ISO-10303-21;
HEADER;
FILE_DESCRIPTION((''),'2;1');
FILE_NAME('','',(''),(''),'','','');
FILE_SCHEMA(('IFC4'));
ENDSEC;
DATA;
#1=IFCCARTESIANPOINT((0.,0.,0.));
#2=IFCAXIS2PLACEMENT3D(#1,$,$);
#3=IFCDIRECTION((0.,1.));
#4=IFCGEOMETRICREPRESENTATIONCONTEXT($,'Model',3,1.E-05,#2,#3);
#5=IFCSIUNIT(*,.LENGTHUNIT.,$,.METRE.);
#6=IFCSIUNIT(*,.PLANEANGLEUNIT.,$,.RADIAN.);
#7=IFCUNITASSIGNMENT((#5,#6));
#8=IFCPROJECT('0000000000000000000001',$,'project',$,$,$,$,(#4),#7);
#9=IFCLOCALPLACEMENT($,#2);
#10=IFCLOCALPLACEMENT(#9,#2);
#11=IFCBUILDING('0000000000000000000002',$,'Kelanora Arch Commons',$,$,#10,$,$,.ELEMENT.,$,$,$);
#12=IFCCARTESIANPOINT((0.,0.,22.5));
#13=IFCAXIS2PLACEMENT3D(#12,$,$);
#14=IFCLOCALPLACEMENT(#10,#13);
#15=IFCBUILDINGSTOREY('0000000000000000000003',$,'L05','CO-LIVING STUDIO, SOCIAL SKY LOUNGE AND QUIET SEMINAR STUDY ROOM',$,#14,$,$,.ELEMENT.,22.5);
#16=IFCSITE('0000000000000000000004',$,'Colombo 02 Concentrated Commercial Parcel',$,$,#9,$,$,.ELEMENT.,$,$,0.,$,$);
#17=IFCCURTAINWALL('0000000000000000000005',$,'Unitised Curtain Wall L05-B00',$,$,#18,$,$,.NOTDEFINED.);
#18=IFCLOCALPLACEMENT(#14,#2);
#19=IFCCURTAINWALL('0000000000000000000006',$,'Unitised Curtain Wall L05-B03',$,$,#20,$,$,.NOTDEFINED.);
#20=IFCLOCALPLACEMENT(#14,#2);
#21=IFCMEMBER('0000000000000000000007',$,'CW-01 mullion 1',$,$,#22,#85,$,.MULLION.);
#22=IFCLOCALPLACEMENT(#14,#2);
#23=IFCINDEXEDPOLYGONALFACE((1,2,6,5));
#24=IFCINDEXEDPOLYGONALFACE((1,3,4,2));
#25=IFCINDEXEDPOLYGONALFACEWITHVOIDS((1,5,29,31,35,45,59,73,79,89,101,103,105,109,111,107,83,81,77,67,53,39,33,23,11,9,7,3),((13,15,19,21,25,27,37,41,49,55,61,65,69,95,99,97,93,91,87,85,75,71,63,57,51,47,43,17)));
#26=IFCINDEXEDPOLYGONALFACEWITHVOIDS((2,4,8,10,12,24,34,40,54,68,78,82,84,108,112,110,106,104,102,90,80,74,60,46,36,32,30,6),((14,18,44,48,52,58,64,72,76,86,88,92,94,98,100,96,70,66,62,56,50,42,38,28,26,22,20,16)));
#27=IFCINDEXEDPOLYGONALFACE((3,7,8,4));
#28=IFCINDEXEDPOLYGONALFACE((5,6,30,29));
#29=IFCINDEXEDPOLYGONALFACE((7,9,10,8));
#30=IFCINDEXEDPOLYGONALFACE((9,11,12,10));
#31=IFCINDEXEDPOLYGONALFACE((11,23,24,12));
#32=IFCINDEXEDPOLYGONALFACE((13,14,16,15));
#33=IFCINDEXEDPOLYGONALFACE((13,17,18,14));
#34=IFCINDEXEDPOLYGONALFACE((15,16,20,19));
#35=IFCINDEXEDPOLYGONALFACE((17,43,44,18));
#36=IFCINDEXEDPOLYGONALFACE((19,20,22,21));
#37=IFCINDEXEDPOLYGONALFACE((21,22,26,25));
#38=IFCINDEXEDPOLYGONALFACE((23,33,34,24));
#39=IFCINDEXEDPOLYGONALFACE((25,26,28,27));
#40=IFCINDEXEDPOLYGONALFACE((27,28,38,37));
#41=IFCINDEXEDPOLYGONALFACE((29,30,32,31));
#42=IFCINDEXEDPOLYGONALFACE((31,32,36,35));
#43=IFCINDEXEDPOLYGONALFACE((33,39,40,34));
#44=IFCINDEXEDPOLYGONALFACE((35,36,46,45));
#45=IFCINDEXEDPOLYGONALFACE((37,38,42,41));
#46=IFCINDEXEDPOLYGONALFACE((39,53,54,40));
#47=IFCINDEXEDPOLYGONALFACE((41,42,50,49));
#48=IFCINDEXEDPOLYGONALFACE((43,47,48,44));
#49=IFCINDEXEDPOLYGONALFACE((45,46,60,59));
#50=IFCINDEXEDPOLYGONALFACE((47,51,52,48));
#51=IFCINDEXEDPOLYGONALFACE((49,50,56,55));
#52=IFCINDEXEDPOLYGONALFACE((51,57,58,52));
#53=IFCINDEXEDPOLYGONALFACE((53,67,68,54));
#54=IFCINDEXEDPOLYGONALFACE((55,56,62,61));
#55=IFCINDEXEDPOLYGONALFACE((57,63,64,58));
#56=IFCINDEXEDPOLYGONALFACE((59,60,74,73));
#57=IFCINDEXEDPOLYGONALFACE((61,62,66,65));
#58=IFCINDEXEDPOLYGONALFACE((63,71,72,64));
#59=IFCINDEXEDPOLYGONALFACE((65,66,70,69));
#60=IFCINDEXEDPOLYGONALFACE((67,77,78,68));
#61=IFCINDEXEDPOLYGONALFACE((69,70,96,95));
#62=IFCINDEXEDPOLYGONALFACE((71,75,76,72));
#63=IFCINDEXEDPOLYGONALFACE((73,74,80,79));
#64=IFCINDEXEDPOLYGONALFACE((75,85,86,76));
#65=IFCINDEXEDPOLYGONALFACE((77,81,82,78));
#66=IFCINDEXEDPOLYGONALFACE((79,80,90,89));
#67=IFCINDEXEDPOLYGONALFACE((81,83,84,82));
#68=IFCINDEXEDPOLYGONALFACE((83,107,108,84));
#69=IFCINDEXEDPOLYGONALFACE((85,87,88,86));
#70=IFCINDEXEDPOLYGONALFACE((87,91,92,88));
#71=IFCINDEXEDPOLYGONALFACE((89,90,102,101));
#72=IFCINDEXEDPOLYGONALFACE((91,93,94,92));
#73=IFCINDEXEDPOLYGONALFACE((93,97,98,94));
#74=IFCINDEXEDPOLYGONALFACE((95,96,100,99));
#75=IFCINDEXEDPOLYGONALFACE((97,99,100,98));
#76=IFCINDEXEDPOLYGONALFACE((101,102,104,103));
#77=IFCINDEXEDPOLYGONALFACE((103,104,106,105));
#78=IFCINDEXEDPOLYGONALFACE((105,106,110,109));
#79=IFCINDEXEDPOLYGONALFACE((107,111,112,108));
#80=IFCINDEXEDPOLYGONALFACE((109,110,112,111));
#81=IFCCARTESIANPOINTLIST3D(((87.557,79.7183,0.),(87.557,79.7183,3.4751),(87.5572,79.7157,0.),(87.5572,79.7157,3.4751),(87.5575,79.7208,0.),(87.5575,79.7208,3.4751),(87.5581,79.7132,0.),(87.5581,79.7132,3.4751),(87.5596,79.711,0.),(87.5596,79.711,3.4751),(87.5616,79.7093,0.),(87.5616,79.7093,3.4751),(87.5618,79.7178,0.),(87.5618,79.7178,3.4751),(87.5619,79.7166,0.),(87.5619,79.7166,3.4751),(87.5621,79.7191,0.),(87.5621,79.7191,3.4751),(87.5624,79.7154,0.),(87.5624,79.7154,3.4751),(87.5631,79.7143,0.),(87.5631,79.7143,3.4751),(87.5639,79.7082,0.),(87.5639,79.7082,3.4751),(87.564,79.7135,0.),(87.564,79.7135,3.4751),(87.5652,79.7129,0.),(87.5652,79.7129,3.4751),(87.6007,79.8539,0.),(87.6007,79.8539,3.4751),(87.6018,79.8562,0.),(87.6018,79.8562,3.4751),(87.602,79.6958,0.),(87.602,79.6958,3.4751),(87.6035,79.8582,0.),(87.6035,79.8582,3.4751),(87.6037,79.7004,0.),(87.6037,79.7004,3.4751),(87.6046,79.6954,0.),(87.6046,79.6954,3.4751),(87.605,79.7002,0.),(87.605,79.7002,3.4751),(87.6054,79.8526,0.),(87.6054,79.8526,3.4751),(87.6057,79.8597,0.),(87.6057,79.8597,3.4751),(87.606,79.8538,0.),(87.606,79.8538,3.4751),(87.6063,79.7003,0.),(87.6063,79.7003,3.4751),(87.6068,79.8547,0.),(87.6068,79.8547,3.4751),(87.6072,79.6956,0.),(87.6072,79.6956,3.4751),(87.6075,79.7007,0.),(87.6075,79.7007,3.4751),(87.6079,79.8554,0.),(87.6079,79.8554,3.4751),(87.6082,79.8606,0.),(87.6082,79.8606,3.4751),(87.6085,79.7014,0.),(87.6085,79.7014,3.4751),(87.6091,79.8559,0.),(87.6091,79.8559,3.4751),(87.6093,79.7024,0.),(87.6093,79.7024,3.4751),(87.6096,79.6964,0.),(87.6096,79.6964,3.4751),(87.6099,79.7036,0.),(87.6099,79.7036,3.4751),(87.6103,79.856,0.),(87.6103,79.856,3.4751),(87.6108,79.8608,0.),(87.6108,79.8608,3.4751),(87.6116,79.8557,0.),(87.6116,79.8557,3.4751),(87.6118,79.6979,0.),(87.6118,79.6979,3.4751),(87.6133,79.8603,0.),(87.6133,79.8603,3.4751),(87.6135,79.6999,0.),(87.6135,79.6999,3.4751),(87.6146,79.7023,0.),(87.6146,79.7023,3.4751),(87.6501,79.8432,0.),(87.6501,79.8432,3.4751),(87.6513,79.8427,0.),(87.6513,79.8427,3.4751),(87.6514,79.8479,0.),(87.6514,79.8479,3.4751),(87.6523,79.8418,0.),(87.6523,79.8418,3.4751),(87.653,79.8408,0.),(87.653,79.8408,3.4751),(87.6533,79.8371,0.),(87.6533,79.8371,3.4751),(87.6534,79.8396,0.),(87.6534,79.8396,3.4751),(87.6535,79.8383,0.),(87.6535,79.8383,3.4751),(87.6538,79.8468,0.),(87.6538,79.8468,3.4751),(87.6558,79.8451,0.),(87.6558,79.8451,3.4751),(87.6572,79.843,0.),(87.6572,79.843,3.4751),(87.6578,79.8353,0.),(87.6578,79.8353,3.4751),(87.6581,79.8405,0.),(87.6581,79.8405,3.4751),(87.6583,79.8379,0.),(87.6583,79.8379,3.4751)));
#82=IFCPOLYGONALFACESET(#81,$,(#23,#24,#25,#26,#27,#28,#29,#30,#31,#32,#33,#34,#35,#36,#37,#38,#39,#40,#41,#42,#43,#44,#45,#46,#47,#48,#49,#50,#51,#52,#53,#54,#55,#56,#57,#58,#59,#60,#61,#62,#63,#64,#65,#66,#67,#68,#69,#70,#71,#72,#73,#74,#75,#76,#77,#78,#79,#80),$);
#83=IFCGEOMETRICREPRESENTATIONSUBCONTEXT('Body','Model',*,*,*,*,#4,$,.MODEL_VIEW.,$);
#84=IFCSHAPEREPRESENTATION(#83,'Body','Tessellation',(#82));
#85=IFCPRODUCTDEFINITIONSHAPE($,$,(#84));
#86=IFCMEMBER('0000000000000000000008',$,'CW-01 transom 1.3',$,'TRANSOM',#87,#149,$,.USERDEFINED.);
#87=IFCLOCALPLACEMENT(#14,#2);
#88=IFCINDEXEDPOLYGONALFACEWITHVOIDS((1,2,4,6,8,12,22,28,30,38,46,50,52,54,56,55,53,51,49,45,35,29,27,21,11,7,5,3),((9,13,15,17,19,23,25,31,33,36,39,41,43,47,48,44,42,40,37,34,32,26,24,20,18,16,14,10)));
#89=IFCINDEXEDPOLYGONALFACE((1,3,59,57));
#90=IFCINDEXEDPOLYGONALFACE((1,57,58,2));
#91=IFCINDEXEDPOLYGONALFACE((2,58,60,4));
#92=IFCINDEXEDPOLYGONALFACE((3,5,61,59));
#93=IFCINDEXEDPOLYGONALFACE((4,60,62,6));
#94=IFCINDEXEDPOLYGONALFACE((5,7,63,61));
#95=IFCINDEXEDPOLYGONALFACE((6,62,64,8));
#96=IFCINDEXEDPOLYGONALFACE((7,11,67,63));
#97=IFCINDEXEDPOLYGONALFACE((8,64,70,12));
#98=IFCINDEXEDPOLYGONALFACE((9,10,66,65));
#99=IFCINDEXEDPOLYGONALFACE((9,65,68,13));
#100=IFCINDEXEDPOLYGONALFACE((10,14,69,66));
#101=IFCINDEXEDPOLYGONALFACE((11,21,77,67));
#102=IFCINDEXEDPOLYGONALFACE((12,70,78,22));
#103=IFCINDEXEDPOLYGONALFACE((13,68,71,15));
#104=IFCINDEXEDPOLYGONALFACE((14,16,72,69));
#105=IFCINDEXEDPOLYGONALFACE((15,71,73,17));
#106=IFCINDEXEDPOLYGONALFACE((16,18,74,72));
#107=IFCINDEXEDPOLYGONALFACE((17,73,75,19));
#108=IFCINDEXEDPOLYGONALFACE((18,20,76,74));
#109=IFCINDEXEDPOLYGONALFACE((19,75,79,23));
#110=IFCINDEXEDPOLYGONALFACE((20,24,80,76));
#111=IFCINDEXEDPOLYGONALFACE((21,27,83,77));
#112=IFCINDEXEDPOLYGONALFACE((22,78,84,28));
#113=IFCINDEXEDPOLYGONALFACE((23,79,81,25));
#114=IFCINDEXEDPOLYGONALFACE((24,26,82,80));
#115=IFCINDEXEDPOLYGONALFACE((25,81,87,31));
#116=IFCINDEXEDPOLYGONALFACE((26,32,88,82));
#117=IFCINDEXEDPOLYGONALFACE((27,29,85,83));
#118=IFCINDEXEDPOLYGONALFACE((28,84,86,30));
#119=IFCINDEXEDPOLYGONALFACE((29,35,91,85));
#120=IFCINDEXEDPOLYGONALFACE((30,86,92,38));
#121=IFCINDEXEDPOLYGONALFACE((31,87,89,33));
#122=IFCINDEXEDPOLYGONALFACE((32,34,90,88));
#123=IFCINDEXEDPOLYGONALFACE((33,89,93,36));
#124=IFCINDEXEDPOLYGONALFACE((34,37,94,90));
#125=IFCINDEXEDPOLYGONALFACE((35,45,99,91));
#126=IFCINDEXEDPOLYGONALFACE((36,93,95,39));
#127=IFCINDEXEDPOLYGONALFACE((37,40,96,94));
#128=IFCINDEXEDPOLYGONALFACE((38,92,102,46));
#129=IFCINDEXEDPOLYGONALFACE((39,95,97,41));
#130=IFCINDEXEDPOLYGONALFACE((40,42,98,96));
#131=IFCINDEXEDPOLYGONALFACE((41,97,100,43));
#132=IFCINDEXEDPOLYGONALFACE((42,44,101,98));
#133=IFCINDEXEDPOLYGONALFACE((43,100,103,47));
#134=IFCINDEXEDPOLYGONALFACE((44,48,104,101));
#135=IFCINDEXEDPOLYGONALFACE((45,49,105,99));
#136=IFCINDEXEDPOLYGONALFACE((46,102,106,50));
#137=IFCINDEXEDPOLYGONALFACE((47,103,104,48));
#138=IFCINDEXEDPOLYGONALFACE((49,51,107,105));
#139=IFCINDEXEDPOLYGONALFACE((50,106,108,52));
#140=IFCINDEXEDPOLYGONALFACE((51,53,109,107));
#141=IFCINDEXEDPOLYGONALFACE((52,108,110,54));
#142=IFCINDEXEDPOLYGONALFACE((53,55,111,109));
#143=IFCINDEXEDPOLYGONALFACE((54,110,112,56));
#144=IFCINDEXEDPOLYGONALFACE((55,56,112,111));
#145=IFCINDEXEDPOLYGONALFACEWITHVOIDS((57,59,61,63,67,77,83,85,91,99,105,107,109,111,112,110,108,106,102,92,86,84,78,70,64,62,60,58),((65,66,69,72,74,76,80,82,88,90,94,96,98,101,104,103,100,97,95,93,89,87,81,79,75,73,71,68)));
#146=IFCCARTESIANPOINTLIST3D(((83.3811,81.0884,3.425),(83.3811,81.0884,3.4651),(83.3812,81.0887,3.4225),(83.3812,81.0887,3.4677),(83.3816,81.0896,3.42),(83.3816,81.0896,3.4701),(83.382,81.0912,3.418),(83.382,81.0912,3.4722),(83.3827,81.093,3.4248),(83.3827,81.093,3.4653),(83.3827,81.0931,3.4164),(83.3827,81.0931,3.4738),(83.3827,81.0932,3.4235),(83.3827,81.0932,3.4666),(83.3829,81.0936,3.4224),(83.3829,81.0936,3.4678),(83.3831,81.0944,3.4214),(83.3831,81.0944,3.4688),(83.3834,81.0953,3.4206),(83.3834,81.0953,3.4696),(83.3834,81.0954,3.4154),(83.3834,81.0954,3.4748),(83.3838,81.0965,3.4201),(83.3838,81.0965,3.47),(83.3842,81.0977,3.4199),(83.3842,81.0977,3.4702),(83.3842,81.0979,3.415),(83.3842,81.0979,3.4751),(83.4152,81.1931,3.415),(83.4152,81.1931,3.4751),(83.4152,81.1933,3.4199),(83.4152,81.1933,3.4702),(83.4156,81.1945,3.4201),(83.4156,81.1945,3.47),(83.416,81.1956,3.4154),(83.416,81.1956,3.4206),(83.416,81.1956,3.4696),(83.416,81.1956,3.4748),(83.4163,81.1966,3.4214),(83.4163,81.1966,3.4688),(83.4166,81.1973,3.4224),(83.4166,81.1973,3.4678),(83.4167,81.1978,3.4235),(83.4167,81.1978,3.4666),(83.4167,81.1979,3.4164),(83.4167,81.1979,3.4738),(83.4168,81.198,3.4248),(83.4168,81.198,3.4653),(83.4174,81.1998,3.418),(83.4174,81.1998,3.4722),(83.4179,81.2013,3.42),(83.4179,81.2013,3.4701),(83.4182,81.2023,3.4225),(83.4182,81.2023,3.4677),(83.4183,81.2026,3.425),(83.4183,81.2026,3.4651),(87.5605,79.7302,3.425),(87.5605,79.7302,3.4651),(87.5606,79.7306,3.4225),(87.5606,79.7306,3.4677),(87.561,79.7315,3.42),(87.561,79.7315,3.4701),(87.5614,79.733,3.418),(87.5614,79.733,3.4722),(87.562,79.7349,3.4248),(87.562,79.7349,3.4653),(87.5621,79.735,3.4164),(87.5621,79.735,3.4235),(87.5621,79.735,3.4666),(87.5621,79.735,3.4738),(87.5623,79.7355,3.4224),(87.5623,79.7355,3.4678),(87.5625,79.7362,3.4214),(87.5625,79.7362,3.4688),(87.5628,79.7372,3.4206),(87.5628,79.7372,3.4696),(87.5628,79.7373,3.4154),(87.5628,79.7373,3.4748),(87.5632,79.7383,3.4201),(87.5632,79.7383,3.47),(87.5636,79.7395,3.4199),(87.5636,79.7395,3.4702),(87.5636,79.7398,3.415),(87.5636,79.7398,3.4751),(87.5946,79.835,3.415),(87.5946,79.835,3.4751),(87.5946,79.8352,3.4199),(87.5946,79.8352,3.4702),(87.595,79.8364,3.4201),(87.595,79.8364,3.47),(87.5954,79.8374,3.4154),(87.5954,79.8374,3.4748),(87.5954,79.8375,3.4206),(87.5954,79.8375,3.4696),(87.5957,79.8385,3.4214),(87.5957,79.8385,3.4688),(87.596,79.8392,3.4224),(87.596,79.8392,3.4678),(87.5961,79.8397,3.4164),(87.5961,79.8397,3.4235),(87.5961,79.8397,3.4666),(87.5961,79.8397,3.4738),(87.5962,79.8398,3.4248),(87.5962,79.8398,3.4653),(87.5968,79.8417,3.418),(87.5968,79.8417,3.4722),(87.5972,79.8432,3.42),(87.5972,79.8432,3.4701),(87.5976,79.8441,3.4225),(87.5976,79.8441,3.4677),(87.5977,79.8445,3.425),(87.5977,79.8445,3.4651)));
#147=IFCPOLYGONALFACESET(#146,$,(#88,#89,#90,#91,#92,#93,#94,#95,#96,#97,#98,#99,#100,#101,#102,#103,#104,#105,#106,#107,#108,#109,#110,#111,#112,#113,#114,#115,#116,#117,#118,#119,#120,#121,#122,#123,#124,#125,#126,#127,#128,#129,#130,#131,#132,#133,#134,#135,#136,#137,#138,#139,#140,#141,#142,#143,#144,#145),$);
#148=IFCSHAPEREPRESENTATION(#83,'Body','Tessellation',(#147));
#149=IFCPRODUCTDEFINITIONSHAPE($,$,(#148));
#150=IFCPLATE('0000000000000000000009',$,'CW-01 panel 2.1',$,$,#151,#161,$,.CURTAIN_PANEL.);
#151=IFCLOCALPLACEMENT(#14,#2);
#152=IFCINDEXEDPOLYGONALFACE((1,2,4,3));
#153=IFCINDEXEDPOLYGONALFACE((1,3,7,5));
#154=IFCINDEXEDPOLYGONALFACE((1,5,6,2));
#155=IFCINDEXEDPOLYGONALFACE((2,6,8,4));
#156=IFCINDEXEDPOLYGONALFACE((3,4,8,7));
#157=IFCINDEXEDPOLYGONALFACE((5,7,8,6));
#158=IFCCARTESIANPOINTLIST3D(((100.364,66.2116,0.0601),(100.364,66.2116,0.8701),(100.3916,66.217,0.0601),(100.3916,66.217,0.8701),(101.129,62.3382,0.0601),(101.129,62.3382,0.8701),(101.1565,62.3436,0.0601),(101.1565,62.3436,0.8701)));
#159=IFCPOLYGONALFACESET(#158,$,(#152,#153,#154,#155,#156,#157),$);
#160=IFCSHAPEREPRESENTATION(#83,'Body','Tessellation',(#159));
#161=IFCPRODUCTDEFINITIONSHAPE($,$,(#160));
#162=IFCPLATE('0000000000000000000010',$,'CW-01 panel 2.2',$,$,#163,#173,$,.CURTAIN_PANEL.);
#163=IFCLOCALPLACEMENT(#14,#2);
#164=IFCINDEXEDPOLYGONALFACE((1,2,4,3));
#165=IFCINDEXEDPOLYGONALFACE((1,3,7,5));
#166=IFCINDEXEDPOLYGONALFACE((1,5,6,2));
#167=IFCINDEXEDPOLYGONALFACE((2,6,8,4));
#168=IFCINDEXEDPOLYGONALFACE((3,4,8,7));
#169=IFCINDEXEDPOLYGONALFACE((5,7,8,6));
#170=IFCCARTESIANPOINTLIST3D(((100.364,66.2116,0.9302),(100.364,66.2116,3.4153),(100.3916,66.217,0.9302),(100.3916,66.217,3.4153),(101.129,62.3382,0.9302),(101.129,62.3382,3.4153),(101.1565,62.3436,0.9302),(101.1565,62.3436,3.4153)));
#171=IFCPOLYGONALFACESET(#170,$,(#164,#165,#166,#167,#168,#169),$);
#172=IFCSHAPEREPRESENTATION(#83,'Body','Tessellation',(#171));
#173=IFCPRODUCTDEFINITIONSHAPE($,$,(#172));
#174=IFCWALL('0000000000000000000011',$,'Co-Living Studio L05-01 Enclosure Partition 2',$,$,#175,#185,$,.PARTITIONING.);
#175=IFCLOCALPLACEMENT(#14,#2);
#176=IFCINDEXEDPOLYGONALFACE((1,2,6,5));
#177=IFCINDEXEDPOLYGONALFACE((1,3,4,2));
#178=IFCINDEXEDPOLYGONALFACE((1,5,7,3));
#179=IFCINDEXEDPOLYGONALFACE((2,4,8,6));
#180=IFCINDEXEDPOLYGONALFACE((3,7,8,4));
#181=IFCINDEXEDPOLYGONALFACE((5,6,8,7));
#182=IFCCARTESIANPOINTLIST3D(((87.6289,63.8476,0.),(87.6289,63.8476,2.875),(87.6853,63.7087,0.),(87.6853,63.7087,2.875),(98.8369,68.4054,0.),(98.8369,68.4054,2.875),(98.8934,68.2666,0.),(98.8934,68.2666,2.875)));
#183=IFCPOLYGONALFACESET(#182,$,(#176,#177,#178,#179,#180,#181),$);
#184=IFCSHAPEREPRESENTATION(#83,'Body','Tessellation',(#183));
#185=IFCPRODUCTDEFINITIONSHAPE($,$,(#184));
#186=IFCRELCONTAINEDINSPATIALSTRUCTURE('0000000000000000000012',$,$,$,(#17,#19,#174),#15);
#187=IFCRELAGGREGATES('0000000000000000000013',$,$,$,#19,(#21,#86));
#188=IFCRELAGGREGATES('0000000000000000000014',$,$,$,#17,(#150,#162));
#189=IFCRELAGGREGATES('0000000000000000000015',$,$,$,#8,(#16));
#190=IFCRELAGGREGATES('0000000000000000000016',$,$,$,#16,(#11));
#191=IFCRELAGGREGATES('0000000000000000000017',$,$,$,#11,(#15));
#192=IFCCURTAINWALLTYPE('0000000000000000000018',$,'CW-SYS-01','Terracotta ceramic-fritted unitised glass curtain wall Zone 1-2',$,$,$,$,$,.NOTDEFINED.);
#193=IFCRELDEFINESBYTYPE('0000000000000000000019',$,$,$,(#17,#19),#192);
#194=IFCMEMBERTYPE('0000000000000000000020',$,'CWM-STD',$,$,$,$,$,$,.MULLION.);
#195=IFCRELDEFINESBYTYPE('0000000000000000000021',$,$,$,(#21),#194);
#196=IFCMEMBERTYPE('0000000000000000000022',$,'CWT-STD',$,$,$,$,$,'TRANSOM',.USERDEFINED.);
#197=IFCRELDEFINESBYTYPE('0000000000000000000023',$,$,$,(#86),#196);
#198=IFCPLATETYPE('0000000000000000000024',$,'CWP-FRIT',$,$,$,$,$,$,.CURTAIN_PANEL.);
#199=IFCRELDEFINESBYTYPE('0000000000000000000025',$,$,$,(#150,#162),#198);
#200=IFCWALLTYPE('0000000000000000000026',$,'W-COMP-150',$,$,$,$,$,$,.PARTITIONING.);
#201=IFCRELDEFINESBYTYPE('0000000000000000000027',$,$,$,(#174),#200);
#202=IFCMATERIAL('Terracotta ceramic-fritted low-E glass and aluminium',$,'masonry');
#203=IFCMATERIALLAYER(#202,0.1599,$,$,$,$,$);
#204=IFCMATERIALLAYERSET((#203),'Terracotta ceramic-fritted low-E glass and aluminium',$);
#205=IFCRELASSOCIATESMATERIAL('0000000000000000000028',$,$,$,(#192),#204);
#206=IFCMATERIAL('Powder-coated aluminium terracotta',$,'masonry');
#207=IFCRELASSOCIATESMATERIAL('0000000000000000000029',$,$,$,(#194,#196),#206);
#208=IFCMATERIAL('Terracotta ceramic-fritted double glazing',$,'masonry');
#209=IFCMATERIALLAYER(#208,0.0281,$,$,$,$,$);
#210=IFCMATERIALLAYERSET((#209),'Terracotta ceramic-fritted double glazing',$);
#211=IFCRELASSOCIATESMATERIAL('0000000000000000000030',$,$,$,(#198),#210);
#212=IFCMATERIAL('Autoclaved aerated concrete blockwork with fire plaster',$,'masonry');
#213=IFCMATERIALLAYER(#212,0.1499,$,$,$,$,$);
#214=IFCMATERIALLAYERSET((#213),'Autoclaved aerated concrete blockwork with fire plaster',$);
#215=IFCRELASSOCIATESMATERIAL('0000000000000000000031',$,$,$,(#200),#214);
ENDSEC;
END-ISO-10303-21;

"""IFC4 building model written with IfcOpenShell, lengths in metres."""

from ifc_helpers import new_model, si_unit, direction, frame, frame_2d, origin, origin_2d, place, context, subcontext, project, spatial, rectangle, hollow_rectangle, extrude, source, transform, mapped, material, layer, layer_set, material_profile, profile_set, type_object, element, aggregate, save


model = new_model("IFC4")

# Units and contexts
model_context = context("Model", 3, precision=1e-05, world=origin(), true_north=direction((0.0, 1.0)))
body_context = subcontext(model_context, "Body", "Model", "MODEL_VIEW")
ifc_project = project(units=[si_unit("LENGTHUNIT", "METRE"), si_unit("PLANEANGLEUNIT", "RADIAN")], contexts=[model_context])

# Site, building, storey
site_placement = place(None, origin())
site = spatial("IfcSite", under=ifc_project, at=site_placement, Name="Colombo 02 Concentrated Commercial Parcel", CompositionType="ELEMENT", RefElevation=0.0)
building_placement = place(site_placement, origin())
building = spatial("IfcBuilding", under=site, at=building_placement, Name="Kelanora Arch Commons", CompositionType="ELEMENT")
storey_placement = place(building_placement, frame((0.0, 0.0, 22.5)))
storey = spatial("IfcBuildingStorey", under=building, at=storey_placement, Name="L05", Description="CO-LIVING STUDIO, SOCIAL SKY LOUNGE AND QUIET SEMINAR STUDY ROOM", CompositionType="ELEMENT", Elevation=22.5)

# Curtain wall
ifc_material_1 = material(Name="Terracotta ceramic-fritted low-E glass and aluminium", Category="masonry")
ifc_layer_1 = layer(ifc_material_1, 0.1599)
ifc_layer_set_1 = layer_set([ifc_layer_1], Name="Terracotta ceramic-fritted low-E glass and aluminium")
curtain_wall_type = type_object("IfcCurtainWallType", Name="CW-SYS-01", Description="Terracotta ceramic-fritted unitised glass curtain wall Zone 1-2", PredefinedType="NOTDEFINED", material=ifc_layer_set_1)
curtain_wall_1_placement = place(storey_placement, origin())
curtain_wall_1 = element("IfcCurtainWall", 1, at=curtain_wall_1_placement, inside=storey, type_object=curtain_wall_type, Name="Unitised Curtain Wall L05-B00", PredefinedType="NOTDEFINED")
ifc_material_2 = material(Name="Powder-coated aluminium terracotta", Category="masonry")
ifc_material_profile_1 = material_profile(ifc_material_2, hollow_rectangle(XDim=0.1599, YDim=0.0601, WallThickness=0.0049, InnerFilletRadius=0.0049, OuterFilletRadius=0.01, at=origin_2d()), Name="CWM160x60")
ifc_profile_set_1 = profile_set([ifc_material_profile_1], Name="Powder-coated aluminium terracotta")
member_type_1 = type_object("IfcMemberType", Name="CWM-STD", PredefinedType="MULLION", material=ifc_profile_set_1)

# Curtain wall, members
curtain_wall_2_placement = place(storey_placement, origin())
curtain_wall_2 = element("IfcCurtainWall", 2, at=curtain_wall_2_placement, inside=storey, type_object=curtain_wall_type, Name="Unitised Curtain Wall L05-B03", PredefinedType="NOTDEFINED")
member_1_placement = place(storey_placement, frame((87.6077, 79.7781, 0.0), z_axis=(0.0, 0.0, 1.0), x_axis=(-0.309058, -0.951043, 0.0)))
member_1 = element("IfcMember", 3, at=member_1_placement, type_object=member_type_1, Name="CW-01 mullion 1", PredefinedType="MULLION", context=body_context, shape_type="SweptSolid", body=[
    extrude(hollow_rectangle(XDim=0.1599, YDim=0.0601, WallThickness=0.0049, InnerFilletRadius=0.0049, OuterFilletRadius=0.01, at=origin_2d()), origin(), (0.0, 0.0, 1.0), 3.4751),
])
ifc_material_profile_2 = material_profile(ifc_material_2, hollow_rectangle(XDim=0.1201, YDim=0.0601, WallThickness=0.0049, InnerFilletRadius=0.0049, OuterFilletRadius=0.01, at=origin_2d()), Name="CWT120x60")
ifc_profile_set_2 = profile_set([ifc_material_profile_2], Name="Powder-coated aluminium terracotta")
member_type_2 = type_object("IfcMemberType", Name="CWT-STD", ElementType="TRANSOM", PredefinedType="USERDEFINED", material=ifc_profile_set_2)
member_2_placement = place(storey_placement, frame((87.5791, 79.7874, 3.4451), z_axis=(-0.951045, 0.309052, 0.0), x_axis=(-0.309052, -0.951045, 0.0)))
member_2 = element("IfcMember", 4, at=member_2_placement, type_object=member_type_2, Name="CW-01 transom 1.3", ObjectType="TRANSOM", PredefinedType="USERDEFINED", context=body_context, shape_type="SweptSolid", body=[
    extrude(hollow_rectangle(XDim=0.1201, YDim=0.0601, WallThickness=0.0049, InnerFilletRadius=0.0049, OuterFilletRadius=0.01, at=origin_2d()), origin(), (0.0, 0.0, 1.0), 4.3945),
])
aggregate(curtain_wall_2, [member_1, member_2])

# Plates
ifc_material_3 = material(Name="Terracotta ceramic-fritted double glazing", Category="masonry")
ifc_layer_2 = layer(ifc_material_3, 0.0281)
ifc_layer_set_2 = layer_set([ifc_layer_2], Name="Terracotta ceramic-fritted double glazing")
plate_type = type_object("IfcPlateType", Name="CWP-FRIT", PredefinedType="CURTAIN_PANEL", material=ifc_layer_set_2)
shared_shape_1 = source(origin(), body_context, "Body", "SweptSolid", [
    extrude(rectangle(XDim=3.9482, YDim=0.0281, at=origin_2d()), origin(), (0.0, 0.0, 1.0), 0.8101),
])
plate_1_placement = place(storey_placement, frame((100.7603, 64.2776, 0.0601), z_axis=(0.0, 0.0, 1.0), x_axis=(-0.193744, 0.981052, 0.0)))
plate_1 = element("IfcPlate", 5, at=plate_1_placement, type_object=plate_type, Name="CW-01 panel 2.1", PredefinedType="CURTAIN_PANEL", context=body_context, shape_type="MappedRepresentation", body=[
    mapped(shared_shape_1, transform((0.0, 0.0, 0.0), scale=1.0)),
])
shared_shape_2 = source(origin(), body_context, "Body", "SweptSolid", [
    extrude(rectangle(XDim=3.9482, YDim=0.0281, at=origin_2d()), origin(), (0.0, 0.0, 1.0), 2.4851),
])
plate_2_placement = place(storey_placement, frame((100.7603, 64.2776, 0.9302), z_axis=(0.0, 0.0, 1.0), x_axis=(-0.193744, 0.981052, 0.0)))
plate_2 = element("IfcPlate", 6, at=plate_2_placement, type_object=plate_type, Name="CW-01 panel 2.2", PredefinedType="CURTAIN_PANEL", context=body_context, shape_type="MappedRepresentation", body=[
    mapped(shared_shape_2, transform((0.0, 0.0, 0.0), scale=1.0)),
])
aggregate(curtain_wall_1, [plate_1, plate_2])

# Wall
ifc_material_4 = material(Name="Autoclaved aerated concrete blockwork with fire plaster", Category="masonry")
ifc_layer_3 = layer(ifc_material_4, 0.1499)
ifc_layer_set_3 = layer_set([ifc_layer_3], Name="Autoclaved aerated concrete blockwork with fire plaster")
wall_type_1 = type_object("IfcWallType", Name="W-COMP-150", PredefinedType="PARTITIONING", material=ifc_layer_set_3)
wall_1_placement = place(storey_placement, frame((87.657, 63.7781, 0.0), z_axis=(0.0, 0.0, 1.0), x_axis=(0.926334, 0.376704, 0.0)))
element("IfcWall", 7, at=wall_1_placement, inside=storey, type_object=wall_type_1, Name="Co-Living Studio L05-01 Enclosure Partition 2", PredefinedType="PARTITIONING", context=body_context, shape_type="SweptSolid", body=[
    extrude(rectangle(XDim=12.0994, YDim=0.1499, at=frame_2d((6.0498, 0.0))), origin(), (0.0, 0.0, 1.0), 2.875),
])

save(model, "model.ifc")
